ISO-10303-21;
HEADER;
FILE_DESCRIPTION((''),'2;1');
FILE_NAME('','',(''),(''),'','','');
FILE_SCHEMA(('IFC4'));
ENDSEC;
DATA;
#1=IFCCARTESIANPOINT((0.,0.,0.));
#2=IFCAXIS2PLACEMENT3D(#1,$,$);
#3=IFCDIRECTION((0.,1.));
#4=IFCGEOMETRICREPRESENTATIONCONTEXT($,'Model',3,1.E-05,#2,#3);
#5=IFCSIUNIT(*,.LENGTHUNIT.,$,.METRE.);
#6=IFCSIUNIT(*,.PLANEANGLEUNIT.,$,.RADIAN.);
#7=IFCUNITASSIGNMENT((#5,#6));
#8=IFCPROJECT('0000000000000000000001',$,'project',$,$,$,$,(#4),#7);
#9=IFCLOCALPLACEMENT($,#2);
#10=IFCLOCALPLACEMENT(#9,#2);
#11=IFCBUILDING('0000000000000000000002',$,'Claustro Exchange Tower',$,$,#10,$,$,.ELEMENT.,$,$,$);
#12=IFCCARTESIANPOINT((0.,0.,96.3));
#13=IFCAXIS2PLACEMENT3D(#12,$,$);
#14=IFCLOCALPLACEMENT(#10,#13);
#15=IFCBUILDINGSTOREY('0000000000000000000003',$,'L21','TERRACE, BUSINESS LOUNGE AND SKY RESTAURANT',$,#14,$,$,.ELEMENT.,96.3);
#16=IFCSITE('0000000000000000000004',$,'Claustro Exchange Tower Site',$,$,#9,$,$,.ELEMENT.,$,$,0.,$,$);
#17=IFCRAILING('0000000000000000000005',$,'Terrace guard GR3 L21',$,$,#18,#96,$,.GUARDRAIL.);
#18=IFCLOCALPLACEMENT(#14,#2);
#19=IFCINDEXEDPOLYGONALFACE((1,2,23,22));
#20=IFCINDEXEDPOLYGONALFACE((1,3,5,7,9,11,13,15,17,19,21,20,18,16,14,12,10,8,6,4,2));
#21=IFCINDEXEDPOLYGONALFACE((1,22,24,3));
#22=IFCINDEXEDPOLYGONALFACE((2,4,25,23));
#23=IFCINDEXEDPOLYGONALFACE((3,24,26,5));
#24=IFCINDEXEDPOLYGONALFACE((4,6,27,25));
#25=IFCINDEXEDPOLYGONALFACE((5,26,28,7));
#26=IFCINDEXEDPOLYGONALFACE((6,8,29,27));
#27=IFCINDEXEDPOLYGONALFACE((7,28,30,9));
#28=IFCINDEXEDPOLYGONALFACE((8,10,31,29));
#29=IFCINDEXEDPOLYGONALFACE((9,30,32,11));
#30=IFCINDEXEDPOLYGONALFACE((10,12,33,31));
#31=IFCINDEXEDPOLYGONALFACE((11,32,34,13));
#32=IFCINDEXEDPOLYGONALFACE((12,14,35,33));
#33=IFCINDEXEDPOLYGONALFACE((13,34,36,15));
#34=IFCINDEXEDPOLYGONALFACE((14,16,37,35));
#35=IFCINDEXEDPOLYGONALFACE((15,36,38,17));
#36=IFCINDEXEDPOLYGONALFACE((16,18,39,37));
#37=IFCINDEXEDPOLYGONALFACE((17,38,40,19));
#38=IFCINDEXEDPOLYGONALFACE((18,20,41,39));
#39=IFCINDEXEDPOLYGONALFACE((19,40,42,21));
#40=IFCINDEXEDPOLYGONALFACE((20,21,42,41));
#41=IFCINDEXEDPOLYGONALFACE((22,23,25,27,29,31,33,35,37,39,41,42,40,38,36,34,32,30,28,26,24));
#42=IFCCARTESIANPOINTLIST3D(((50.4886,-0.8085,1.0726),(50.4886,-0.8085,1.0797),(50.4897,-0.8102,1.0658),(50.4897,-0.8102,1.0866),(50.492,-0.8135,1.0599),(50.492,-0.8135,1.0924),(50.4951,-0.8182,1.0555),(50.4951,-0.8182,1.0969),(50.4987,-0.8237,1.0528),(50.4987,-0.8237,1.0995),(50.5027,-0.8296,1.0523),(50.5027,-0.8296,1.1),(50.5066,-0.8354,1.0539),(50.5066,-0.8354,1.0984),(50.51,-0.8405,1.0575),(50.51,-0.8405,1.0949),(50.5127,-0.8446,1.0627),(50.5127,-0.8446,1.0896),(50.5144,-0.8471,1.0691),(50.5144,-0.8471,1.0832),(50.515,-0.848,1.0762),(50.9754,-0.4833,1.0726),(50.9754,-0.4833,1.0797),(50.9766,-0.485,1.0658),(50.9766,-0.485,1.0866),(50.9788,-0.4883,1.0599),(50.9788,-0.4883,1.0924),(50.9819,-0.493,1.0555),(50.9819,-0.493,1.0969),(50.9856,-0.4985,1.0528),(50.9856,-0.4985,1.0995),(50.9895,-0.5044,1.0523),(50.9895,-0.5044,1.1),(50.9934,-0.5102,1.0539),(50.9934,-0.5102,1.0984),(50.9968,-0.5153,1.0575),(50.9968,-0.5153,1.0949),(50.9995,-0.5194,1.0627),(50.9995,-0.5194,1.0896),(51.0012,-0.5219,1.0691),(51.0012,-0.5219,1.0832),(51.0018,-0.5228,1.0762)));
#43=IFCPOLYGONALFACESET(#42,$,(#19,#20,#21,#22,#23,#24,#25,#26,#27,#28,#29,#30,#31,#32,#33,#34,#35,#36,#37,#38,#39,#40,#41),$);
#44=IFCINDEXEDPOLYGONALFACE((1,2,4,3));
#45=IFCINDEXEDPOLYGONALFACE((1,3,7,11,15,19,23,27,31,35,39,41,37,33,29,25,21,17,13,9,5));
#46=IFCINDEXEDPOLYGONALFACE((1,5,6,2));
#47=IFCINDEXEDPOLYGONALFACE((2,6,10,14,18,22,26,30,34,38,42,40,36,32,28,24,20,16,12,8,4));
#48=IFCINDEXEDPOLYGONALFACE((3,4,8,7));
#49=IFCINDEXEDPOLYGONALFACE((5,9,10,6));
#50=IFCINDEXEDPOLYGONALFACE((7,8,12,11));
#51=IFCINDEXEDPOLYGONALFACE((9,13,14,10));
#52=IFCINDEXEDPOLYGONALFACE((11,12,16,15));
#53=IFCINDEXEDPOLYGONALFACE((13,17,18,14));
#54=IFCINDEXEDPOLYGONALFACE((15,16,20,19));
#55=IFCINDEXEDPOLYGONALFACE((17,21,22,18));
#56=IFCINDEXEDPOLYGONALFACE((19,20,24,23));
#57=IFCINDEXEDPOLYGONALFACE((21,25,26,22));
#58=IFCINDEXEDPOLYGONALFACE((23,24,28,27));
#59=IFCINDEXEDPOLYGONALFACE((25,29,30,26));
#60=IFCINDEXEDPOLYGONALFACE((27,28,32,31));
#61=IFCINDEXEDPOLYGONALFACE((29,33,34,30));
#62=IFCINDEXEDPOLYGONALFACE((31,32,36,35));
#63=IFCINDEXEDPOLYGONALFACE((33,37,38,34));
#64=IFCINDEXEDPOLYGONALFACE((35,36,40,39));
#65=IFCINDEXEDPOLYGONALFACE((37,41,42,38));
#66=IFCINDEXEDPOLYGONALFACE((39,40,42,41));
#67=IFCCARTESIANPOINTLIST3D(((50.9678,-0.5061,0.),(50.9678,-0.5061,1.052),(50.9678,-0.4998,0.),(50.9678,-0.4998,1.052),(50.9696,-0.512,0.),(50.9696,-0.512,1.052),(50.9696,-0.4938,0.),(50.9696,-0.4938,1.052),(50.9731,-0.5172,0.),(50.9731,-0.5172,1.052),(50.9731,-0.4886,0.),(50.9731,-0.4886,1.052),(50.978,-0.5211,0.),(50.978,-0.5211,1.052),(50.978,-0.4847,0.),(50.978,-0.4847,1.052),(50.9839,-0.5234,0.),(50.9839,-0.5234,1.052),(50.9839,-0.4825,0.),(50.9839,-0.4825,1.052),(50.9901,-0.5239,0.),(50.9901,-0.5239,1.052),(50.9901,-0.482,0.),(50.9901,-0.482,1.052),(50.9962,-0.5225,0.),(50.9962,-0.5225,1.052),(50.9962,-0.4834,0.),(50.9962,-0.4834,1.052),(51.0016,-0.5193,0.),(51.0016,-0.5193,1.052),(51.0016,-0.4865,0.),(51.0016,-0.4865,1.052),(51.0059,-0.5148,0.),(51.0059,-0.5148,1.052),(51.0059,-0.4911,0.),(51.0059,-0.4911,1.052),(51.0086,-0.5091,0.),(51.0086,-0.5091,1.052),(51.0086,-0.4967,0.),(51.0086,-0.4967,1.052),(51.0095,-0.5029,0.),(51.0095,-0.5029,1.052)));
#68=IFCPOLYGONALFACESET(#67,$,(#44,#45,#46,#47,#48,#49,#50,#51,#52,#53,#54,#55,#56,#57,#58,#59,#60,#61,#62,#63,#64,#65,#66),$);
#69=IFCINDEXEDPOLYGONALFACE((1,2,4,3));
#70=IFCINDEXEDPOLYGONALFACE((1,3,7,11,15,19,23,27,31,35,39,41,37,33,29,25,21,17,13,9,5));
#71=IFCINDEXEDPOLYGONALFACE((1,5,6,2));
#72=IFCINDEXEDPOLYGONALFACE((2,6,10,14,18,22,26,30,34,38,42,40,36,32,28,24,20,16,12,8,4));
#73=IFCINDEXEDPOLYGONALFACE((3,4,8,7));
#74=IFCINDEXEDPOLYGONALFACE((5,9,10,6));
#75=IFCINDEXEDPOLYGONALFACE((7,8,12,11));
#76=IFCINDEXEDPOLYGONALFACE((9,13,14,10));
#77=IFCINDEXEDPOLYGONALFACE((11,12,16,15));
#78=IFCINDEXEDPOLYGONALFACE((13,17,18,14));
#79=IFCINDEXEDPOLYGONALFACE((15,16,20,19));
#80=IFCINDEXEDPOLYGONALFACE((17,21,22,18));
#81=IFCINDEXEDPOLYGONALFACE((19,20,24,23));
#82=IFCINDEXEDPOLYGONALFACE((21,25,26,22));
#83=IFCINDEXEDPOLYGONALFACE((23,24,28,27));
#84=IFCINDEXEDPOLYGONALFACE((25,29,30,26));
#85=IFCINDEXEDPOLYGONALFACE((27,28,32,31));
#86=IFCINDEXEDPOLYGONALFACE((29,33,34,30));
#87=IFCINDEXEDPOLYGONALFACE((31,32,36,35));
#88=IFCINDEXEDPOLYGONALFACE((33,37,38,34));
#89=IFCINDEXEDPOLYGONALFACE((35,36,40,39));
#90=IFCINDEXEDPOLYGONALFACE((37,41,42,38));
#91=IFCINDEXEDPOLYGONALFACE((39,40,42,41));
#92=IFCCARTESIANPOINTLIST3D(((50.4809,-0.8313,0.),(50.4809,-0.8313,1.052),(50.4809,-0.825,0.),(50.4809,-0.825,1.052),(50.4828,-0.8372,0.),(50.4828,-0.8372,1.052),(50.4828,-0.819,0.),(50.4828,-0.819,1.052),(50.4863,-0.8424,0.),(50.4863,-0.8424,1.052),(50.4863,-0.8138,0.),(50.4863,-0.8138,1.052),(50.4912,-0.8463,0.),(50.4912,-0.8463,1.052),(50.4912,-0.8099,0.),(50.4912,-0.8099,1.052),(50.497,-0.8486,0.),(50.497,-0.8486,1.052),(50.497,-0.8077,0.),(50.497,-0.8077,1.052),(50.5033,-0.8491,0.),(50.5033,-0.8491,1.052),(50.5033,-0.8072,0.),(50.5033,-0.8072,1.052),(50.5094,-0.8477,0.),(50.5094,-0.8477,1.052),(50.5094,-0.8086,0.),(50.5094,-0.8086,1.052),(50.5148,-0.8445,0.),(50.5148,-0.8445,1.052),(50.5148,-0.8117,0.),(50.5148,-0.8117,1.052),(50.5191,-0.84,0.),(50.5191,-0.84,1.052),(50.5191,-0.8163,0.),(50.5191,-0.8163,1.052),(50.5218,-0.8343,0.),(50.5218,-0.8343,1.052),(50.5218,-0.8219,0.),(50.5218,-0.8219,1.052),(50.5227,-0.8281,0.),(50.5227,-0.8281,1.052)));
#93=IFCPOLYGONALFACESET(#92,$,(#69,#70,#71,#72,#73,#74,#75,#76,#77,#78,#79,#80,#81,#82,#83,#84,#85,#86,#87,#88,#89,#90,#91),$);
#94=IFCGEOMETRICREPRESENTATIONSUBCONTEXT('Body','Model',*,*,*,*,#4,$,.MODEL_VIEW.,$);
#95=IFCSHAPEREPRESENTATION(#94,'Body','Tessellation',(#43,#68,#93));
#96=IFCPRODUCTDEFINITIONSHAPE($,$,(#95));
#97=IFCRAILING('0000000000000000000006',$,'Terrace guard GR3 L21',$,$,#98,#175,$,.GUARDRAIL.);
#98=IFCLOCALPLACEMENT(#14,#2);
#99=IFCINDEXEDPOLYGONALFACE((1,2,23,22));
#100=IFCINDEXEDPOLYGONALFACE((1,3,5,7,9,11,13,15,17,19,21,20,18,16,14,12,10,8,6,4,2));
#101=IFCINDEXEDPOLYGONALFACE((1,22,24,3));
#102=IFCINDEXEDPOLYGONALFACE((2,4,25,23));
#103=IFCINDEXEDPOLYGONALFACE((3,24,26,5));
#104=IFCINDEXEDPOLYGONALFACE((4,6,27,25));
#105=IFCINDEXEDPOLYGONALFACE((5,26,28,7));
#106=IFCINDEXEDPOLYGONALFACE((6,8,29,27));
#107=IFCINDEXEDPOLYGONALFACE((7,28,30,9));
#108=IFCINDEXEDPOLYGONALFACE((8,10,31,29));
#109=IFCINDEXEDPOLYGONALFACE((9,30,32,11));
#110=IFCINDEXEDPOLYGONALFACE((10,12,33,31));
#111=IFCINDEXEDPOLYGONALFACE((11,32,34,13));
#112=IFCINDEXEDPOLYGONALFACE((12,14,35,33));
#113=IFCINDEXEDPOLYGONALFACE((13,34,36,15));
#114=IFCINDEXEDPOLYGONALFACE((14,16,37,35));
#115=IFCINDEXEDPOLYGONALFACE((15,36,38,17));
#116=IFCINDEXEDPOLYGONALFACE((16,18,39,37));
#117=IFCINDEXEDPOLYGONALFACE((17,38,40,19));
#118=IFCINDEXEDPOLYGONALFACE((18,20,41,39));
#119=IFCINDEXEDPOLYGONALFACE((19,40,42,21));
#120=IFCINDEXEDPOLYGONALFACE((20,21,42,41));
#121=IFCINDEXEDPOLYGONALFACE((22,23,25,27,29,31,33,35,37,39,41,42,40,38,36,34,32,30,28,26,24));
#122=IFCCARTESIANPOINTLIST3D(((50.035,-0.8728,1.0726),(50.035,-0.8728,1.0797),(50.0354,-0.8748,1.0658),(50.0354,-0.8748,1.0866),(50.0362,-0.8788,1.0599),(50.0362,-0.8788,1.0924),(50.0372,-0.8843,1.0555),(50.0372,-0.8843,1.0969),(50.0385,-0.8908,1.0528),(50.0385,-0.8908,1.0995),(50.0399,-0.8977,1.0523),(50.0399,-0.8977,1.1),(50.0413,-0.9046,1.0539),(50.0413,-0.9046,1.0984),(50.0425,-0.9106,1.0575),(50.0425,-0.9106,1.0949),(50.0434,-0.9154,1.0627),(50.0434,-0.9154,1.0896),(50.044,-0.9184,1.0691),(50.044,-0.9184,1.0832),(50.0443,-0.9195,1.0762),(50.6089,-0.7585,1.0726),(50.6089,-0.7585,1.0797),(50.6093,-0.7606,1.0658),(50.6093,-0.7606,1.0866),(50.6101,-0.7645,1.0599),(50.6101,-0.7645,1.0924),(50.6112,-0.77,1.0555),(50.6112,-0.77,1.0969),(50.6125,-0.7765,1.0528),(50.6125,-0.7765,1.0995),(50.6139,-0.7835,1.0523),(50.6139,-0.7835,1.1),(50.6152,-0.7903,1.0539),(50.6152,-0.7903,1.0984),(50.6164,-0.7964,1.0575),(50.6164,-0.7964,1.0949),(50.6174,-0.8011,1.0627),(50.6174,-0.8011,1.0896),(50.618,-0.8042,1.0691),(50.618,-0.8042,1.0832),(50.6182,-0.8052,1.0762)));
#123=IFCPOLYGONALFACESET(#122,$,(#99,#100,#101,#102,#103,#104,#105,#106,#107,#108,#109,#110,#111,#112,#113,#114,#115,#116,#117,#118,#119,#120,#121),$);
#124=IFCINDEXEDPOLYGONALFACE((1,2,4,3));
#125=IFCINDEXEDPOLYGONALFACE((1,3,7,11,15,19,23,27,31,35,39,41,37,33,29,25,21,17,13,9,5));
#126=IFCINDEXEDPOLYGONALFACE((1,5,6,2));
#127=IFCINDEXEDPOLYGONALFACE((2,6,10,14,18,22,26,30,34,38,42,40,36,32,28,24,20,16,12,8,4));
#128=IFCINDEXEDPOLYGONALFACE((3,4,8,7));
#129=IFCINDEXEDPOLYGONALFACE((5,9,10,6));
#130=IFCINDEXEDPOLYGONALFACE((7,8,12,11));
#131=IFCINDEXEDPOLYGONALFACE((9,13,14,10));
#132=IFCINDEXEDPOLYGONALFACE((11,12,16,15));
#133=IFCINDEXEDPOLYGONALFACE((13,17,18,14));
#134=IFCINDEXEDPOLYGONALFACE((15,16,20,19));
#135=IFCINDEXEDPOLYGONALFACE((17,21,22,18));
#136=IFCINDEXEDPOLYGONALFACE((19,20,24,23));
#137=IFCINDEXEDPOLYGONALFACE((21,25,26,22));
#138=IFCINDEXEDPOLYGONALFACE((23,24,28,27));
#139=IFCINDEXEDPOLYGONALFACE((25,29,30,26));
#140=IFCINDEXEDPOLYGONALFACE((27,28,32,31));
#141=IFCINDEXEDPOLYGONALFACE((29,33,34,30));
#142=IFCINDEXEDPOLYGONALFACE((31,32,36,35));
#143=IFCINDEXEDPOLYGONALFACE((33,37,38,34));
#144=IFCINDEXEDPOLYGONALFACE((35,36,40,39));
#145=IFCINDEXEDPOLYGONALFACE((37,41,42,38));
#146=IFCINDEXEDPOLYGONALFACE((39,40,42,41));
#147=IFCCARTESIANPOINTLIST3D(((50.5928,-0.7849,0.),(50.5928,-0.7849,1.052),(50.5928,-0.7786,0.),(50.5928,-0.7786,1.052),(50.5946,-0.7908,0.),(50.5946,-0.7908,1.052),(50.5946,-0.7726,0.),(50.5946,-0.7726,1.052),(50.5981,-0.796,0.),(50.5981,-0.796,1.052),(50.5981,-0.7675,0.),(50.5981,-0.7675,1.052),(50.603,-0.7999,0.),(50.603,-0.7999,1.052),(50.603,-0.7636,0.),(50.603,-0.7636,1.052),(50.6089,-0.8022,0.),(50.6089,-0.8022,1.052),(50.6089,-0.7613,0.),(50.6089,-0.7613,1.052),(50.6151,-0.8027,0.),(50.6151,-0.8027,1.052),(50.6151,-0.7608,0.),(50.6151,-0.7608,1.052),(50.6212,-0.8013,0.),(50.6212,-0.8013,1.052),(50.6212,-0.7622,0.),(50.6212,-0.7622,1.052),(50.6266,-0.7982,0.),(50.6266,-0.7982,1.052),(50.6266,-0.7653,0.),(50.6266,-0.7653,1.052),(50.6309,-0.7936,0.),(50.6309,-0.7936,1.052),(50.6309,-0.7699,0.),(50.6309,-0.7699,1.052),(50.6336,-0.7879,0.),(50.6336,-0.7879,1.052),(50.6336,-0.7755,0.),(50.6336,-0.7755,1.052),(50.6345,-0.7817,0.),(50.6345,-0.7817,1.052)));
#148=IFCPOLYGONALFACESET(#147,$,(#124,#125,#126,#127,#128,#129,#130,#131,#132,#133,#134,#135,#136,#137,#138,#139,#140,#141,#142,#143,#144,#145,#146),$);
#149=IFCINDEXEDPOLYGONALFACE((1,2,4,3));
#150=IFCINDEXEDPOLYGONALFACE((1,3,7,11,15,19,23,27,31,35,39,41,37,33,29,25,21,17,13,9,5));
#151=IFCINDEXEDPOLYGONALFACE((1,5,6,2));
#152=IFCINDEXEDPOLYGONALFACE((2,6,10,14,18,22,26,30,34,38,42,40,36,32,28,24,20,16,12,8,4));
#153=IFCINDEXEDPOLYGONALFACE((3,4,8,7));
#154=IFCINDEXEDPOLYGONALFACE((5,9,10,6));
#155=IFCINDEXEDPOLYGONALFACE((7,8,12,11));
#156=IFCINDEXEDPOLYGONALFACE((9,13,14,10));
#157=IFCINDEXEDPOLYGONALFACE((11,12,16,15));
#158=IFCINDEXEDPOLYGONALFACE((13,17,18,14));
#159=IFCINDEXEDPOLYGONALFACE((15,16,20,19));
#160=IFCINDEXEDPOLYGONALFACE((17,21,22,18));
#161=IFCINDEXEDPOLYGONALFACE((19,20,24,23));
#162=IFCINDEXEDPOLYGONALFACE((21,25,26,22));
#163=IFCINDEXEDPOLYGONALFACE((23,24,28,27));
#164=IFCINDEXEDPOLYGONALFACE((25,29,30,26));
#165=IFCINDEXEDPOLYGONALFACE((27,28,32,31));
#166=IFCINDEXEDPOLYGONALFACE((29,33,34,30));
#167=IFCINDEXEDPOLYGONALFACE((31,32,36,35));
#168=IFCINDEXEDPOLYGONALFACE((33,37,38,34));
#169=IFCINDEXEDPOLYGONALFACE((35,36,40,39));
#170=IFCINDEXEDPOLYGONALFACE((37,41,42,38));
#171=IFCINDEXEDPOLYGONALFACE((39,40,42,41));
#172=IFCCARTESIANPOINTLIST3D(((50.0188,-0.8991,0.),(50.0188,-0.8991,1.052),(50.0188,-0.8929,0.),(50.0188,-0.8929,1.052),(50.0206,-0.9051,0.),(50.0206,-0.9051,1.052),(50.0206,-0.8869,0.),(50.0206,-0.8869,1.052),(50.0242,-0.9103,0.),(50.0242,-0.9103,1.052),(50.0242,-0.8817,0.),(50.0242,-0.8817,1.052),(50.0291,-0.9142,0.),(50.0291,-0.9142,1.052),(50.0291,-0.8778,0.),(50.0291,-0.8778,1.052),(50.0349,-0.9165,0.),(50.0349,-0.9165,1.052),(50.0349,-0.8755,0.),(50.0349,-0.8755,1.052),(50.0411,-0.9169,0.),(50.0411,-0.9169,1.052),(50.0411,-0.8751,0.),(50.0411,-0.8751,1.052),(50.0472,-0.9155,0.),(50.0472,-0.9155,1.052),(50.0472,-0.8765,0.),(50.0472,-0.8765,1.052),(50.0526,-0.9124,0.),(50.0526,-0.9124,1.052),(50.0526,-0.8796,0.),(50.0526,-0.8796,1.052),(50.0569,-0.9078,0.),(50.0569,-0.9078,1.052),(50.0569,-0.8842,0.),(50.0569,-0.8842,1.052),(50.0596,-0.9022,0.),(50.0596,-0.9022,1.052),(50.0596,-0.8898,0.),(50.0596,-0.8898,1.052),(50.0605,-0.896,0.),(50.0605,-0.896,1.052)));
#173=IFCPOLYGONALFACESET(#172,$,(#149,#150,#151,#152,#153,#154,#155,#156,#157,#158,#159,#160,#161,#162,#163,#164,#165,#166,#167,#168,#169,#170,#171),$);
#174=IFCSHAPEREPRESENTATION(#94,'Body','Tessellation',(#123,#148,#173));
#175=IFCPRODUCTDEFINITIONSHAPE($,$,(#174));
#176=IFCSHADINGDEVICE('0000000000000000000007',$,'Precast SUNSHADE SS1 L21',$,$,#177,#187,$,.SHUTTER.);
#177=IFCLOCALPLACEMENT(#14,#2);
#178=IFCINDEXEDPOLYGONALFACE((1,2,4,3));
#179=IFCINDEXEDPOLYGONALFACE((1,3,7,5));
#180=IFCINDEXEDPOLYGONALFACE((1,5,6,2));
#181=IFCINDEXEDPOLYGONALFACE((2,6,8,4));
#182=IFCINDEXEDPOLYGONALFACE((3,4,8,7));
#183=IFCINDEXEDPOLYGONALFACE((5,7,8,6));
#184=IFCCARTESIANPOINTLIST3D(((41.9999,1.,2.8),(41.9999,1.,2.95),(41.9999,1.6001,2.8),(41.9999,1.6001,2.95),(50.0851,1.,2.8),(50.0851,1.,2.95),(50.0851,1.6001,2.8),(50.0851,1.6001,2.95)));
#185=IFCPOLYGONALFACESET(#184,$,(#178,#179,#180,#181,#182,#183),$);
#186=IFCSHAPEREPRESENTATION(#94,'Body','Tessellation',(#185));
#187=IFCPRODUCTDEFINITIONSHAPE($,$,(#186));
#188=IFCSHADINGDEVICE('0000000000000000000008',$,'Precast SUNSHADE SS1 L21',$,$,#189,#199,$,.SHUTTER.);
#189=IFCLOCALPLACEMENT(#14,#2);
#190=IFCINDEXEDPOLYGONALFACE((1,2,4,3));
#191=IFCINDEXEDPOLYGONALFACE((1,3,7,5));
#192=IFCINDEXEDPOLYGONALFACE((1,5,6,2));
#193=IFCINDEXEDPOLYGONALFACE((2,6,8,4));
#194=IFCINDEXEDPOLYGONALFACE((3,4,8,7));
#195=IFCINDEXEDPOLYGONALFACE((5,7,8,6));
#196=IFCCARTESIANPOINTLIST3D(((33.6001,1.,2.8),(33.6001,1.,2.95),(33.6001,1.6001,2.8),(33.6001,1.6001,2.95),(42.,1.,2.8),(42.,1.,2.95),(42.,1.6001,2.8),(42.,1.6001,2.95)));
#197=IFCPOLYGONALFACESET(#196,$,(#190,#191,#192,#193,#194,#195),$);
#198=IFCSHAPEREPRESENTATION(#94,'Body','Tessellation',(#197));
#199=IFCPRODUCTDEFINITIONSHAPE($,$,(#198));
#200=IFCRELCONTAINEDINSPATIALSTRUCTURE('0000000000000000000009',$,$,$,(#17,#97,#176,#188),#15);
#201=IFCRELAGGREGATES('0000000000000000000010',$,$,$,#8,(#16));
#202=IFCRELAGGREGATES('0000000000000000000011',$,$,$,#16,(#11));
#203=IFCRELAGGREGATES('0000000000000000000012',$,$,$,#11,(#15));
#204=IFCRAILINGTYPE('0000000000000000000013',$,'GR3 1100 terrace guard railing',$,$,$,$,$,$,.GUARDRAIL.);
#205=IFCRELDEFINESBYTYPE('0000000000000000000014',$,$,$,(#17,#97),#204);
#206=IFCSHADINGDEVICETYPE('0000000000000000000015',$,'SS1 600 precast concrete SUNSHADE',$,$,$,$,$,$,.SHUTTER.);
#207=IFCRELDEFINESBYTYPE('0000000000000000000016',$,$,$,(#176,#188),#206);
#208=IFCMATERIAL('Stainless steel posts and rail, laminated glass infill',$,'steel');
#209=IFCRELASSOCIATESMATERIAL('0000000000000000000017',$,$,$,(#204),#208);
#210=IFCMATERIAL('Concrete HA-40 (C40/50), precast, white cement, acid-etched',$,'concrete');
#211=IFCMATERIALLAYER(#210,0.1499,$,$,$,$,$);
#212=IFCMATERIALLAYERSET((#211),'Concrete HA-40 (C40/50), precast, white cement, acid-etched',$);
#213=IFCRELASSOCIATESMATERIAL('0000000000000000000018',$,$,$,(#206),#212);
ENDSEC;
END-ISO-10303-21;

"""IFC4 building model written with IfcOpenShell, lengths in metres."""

from ifc_helpers import new_model, si_unit, direction, frame, origin, origin_2d, place, context, subcontext, project, spatial, rectangle, circle, extrude, material, layer, layer_set, type_object, element, save


model = new_model("IFC4")

# Units and contexts
model_context = context("Model", 3, precision=1e-05, world=origin(), true_north=direction((0.0, 1.0)))
body_context = subcontext(model_context, "Body", "Model", "MODEL_VIEW")
ifc_project = project(units=[si_unit("LENGTHUNIT", "METRE"), si_unit("PLANEANGLEUNIT", "RADIAN")], contexts=[model_context])

# Site, building, storey
site_placement = place(None, origin())
site = spatial("IfcSite", under=ifc_project, at=site_placement, Name="Claustro Exchange Tower Site", CompositionType="ELEMENT", RefElevation=0.0)
building_placement = place(site_placement, origin())
building = spatial("IfcBuilding", under=site, at=building_placement, Name="Claustro Exchange Tower", CompositionType="ELEMENT")
storey_placement = place(building_placement, frame((0.0, 0.0, 96.3)))
storey = spatial("IfcBuildingStorey", under=building, at=storey_placement, Name="L21", Description="TERRACE, BUSINESS LOUNGE AND SKY RESTAURANT", CompositionType="ELEMENT", Elevation=96.3)

# Railings
ifc_material_1 = material(Name="Stainless steel posts and rail, laminated glass infill", Category="steel")
railing_type = type_object("IfcRailingType", Name="GR3 1100 terrace guard railing", PredefinedType="GUARDRAIL", material=ifc_material_1)
railing_1_placement = place(storey_placement, frame((50.9885, -0.5029, 0.0)))
element("IfcRailing", 1, at=railing_1_placement, inside=storey, type_object=railing_type, Name="Terrace guard GR3 L21", PredefinedType="GUARDRAIL", context=body_context, shape_type="SweptSolid", body=[
    extrude(circle(Radius=0.0239, at=origin_2d()), frame((0.0, 0.0, 1.0762), z_axis=(-0.831537, -0.55547, 0.0), x_axis=(0.55547, -0.831537, 0.0)), (0.0, 0.0, 1.0), 0.5854),
    extrude(circle(Radius=0.021, at=origin_2d()), origin(), (0.0, 0.0, 1.0), 1.052),
    extrude(circle(Radius=0.021, at=origin_2d()), frame((-0.4868, -0.3252, 0.0)), (0.0, 0.0, 1.0), 1.052),
])
railing_2_placement = place(storey_placement, frame((50.6135, -0.7817, 0.0)))
element("IfcRailing", 2, at=railing_2_placement, inside=storey, type_object=railing_type, Name="Terrace guard GR3 L21", PredefinedType="GUARDRAIL", context=body_context, shape_type="SweptSolid", body=[
    extrude(circle(Radius=0.0239, at=origin_2d()), frame((0.0, 0.0, 1.0762), z_axis=(-0.980757, -0.195234, 0.0), x_axis=(0.195234, -0.980757, 0.0)), (0.0, 0.0, 1.0), 0.5852),
    extrude(circle(Radius=0.021, at=origin_2d()), origin(), (0.0, 0.0, 1.0), 1.052),
    extrude(circle(Radius=0.021, at=origin_2d()), frame((-0.574, -0.1143, 0.0)), (0.0, 0.0, 1.0), 1.052),
])

# Shading devices
ifc_material_2 = material(Name="Concrete HA-40 (C40/50), precast, white cement, acid-etched", Category="concrete")
ifc_layer_1 = layer(ifc_material_2, 0.1499)
ifc_layer_set_1 = layer_set([ifc_layer_1], Name="Concrete HA-40 (C40/50), precast, white cement, acid-etched")
shading_device_type = type_object("IfcShadingDeviceType", Name="SS1 600 precast concrete SUNSHADE", PredefinedType="SHUTTER", material=ifc_layer_set_1)
shading_device_1_placement = place(storey_placement, frame((46.0425, 1.3, 2.8), z_axis=(0.0, 0.0, 1.0), x_axis=(-1.0, 0.0, 0.0)))
element("IfcShadingDevice", 3, at=shading_device_1_placement, inside=storey, type_object=shading_device_type, Name="Precast SUNSHADE SS1 L21", PredefinedType="SHUTTER", context=body_context, shape_type="SweptSolid", body=[
    extrude(rectangle(XDim=8.0852, YDim=0.6001, at=origin_2d()), origin(), (0.0, 0.0, 1.0), 0.1499),
])
shading_device_2_placement = place(storey_placement, frame((37.8, 1.3, 2.8), z_axis=(0.0, 0.0, 1.0), x_axis=(-1.0, 0.0, 0.0)))
element("IfcShadingDevice", 4, at=shading_device_2_placement, inside=storey, type_object=shading_device_type, Name="Precast SUNSHADE SS1 L21", PredefinedType="SHUTTER", context=body_context, shape_type="SweptSolid", body=[
    extrude(rectangle(XDim=8.3999, YDim=0.6001, at=origin_2d()), origin(), (0.0, 0.0, 1.0), 0.1499),
])

save(model, "model.ifc")
